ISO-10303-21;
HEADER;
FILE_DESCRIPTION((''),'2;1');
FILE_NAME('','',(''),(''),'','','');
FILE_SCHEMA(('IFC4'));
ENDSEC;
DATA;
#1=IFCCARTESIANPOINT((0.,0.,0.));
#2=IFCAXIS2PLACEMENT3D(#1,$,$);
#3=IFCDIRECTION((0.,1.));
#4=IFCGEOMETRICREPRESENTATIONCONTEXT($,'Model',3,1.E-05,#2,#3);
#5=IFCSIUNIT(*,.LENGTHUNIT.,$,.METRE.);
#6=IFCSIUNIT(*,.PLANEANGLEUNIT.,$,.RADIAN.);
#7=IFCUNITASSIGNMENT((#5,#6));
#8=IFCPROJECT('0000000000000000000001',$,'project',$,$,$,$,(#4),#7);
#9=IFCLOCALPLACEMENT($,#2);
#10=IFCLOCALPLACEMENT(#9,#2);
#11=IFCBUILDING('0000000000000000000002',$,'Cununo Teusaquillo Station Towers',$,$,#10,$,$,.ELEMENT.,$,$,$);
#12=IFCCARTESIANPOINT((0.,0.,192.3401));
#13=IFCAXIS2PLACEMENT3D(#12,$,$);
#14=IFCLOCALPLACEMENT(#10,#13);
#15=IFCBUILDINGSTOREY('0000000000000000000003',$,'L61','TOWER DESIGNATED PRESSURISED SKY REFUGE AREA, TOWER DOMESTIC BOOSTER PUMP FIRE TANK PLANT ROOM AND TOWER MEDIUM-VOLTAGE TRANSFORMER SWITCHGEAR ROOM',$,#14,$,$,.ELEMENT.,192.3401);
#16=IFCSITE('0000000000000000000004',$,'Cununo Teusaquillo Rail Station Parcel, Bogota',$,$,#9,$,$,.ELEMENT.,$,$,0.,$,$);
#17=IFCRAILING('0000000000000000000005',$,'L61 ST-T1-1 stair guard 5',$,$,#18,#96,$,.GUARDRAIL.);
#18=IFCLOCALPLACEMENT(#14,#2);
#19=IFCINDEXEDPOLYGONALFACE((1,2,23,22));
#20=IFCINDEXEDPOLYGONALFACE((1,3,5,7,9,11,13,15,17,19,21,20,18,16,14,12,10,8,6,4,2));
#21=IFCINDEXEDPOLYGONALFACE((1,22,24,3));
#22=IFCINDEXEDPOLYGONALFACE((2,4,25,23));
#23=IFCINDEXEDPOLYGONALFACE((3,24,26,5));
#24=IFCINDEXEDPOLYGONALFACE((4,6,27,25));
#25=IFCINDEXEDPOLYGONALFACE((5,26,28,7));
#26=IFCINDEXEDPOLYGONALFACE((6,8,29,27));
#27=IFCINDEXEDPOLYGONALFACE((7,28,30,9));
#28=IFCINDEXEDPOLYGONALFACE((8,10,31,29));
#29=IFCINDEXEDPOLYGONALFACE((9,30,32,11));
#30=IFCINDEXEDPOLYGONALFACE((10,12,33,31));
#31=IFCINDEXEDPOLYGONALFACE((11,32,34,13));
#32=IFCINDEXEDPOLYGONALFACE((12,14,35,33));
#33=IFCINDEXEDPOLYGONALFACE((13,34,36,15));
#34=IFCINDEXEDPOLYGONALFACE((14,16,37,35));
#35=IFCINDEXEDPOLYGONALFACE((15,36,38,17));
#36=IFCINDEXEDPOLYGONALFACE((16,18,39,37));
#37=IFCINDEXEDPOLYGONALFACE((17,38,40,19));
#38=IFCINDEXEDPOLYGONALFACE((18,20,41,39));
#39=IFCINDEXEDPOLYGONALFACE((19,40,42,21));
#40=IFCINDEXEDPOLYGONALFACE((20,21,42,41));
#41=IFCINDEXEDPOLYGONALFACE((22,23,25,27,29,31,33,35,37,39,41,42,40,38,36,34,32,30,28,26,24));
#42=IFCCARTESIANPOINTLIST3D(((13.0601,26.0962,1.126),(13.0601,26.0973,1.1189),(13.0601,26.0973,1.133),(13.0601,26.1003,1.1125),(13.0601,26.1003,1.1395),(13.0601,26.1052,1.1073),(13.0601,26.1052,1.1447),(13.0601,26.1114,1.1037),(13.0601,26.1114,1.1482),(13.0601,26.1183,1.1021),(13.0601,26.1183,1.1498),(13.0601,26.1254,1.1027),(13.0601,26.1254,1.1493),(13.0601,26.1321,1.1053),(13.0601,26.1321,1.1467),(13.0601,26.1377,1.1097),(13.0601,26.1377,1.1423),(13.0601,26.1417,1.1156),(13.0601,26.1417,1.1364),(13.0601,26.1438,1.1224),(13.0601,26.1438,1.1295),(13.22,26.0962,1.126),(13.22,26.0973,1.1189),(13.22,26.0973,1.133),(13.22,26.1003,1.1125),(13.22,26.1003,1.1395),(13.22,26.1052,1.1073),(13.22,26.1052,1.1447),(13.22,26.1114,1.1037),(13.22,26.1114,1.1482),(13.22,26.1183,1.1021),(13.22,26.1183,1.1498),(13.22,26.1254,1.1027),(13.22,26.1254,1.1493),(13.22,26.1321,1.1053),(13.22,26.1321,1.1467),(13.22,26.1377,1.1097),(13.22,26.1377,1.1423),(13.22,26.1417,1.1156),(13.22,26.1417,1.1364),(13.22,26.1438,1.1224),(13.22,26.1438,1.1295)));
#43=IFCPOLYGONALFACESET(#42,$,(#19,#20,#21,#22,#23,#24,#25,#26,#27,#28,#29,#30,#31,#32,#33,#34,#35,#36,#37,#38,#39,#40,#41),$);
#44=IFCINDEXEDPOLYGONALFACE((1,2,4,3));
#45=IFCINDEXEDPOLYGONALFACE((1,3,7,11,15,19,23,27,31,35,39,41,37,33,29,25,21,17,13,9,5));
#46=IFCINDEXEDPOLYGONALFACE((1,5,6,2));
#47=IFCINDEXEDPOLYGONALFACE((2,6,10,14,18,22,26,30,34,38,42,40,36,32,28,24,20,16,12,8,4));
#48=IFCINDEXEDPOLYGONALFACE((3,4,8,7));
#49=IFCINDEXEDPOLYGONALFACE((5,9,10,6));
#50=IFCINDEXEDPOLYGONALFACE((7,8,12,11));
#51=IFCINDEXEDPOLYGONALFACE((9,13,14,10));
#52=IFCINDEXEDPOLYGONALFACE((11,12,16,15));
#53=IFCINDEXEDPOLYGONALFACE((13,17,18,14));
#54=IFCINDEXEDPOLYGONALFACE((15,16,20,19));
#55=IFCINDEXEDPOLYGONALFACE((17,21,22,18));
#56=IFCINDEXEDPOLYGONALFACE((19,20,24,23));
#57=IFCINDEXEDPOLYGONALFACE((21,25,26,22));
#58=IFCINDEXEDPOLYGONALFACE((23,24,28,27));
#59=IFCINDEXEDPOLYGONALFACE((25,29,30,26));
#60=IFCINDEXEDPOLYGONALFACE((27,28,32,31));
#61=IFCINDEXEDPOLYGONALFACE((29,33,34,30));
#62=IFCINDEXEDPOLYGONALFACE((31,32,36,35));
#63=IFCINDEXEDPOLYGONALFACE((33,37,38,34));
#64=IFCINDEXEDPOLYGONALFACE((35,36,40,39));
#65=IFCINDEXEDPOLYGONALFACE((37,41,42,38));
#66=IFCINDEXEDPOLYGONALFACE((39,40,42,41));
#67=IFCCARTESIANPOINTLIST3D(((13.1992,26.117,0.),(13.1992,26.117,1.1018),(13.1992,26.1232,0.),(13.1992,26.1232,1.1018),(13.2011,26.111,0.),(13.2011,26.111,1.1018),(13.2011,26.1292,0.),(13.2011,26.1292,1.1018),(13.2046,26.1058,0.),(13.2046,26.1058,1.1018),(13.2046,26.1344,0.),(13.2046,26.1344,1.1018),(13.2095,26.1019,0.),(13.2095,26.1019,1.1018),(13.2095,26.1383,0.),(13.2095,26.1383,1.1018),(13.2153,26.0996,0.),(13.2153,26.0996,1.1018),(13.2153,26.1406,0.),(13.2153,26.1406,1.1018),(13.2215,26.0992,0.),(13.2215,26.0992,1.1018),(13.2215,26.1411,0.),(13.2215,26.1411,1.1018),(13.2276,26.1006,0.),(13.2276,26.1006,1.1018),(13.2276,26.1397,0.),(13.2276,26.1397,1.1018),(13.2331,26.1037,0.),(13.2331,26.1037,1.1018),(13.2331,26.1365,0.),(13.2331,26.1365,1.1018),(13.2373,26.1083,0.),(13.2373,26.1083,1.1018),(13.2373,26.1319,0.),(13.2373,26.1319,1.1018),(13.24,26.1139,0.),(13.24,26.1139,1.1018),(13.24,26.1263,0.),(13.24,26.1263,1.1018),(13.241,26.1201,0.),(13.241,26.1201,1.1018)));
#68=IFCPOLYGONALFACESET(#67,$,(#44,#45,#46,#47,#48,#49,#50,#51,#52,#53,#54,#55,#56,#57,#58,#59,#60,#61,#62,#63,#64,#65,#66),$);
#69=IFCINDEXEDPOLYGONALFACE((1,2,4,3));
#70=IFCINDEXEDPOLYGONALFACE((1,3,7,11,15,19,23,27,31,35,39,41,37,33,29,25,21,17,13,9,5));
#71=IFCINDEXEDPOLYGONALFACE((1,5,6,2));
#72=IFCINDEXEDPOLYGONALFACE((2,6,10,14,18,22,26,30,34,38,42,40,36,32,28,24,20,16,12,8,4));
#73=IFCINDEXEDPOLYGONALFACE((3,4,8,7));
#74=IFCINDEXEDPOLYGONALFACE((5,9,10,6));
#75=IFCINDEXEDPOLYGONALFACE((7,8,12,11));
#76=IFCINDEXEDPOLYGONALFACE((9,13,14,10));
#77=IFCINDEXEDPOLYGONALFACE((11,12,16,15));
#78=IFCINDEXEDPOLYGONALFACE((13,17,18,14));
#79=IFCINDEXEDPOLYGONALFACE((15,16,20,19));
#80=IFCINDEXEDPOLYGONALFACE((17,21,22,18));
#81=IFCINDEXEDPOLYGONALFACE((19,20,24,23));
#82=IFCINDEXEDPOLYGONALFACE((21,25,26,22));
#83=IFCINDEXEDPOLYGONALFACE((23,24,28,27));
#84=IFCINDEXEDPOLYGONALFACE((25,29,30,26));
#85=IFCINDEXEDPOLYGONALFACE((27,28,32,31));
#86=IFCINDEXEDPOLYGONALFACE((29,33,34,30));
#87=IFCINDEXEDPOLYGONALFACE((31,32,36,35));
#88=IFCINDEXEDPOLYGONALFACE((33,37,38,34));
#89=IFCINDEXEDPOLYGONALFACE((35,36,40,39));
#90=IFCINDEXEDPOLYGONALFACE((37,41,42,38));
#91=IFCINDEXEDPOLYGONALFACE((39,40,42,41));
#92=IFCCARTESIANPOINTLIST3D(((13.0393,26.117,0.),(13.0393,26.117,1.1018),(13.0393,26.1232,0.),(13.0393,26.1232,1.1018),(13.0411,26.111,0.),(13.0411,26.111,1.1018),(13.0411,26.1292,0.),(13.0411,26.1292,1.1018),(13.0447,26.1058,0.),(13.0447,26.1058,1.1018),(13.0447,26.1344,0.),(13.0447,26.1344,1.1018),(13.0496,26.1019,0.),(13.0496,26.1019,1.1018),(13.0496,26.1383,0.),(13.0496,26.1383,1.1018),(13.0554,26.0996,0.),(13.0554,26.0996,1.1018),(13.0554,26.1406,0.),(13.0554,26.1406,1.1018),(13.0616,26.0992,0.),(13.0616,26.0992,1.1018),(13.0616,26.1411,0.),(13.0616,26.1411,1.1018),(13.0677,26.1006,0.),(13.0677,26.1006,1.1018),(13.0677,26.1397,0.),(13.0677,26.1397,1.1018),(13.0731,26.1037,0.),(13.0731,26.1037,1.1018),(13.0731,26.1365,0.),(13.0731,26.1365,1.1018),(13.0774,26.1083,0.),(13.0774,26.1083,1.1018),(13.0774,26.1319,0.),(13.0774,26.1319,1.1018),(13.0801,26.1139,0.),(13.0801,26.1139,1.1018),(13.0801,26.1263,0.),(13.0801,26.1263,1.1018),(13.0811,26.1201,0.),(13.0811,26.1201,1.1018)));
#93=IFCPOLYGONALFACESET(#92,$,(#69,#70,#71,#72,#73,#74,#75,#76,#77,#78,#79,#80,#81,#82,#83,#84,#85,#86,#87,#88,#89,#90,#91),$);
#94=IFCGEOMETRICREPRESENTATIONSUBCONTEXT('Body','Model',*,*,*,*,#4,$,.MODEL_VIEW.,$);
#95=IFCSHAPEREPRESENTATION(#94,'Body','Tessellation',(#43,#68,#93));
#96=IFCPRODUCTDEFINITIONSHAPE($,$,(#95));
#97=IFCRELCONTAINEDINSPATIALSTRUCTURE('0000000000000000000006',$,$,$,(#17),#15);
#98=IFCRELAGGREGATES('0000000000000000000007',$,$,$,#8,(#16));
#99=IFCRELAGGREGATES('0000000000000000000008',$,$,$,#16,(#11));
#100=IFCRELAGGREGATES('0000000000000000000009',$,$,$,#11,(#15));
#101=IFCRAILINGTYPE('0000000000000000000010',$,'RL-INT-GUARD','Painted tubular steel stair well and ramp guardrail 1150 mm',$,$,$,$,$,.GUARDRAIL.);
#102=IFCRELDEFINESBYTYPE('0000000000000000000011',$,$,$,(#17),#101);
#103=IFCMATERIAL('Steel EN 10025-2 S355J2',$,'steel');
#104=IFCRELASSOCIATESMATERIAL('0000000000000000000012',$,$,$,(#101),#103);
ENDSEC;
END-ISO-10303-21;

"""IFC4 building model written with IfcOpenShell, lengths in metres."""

from ifc_helpers import new_model, si_unit, direction, frame, origin, origin_2d, place, context, subcontext, project, spatial, circle, extrude, material, type_object, element, save


model = new_model("IFC4")

# Units and contexts
model_context = context("Model", 3, precision=1e-05, world=origin(), true_north=direction((0.0, 1.0)))
body_context = subcontext(model_context, "Body", "Model", "MODEL_VIEW")
ifc_project = project(units=[si_unit("LENGTHUNIT", "METRE"), si_unit("PLANEANGLEUNIT", "RADIAN")], contexts=[model_context])

# Site, building, storey
site_placement = place(None, origin())
site = spatial("IfcSite", under=ifc_project, at=site_placement, Name="Cununo Teusaquillo Rail Station Parcel, Bogota", CompositionType="ELEMENT", RefElevation=0.0)
building_placement = place(site_placement, origin())
building = spatial("IfcBuilding", under=site, at=building_placement, Name="Cununo Teusaquillo Station Towers", CompositionType="ELEMENT")
storey_placement = place(building_placement, frame((0.0, 0.0, 192.3401)))
storey = spatial("IfcBuildingStorey", under=building, at=storey_placement, Name="L61", Description="TOWER DESIGNATED PRESSURISED SKY REFUGE AREA, TOWER DOMESTIC BOOSTER PUMP FIRE TANK PLANT ROOM AND TOWER MEDIUM-VOLTAGE TRANSFORMER SWITCHGEAR ROOM", CompositionType="ELEMENT", Elevation=192.3401)

# Railing
ifc_material_1 = material(Name="Steel EN 10025-2 S355J2", Category="steel")
railing_type_1 = type_object("IfcRailingType", Name="RL-INT-GUARD", Description="Painted tubular steel stair well and ramp guardrail 1150 mm", PredefinedType="GUARDRAIL", material=ifc_material_1)
railing_1_placement = place(storey_placement, frame((13.22, 26.1201, 0.0)))
element("IfcRailing", 1, at=railing_1_placement, inside=storey, type_object=railing_type_1, Name="L61 ST-T1-1 stair guard 5", PredefinedType="GUARDRAIL", context=body_context, shape_type="SweptSolid", body=[
    extrude(circle(Radius=0.0239, at=origin_2d()), frame((0.0, 0.0, 1.126), z_axis=(-1.0, 0.0, 0.0), x_axis=(0.0, -1.0, 0.0)), (0.0, 0.0, 1.0), 0.1599),
    extrude(circle(Radius=0.021, at=origin_2d()), origin(), (0.0, 0.0, 1.0), 1.1018),
    extrude(circle(Radius=0.021, at=origin_2d()), frame((-0.1599, 0.0, 0.0)), (0.0, 0.0, 1.0), 1.1018),
])

save(model, "model.ifc")
